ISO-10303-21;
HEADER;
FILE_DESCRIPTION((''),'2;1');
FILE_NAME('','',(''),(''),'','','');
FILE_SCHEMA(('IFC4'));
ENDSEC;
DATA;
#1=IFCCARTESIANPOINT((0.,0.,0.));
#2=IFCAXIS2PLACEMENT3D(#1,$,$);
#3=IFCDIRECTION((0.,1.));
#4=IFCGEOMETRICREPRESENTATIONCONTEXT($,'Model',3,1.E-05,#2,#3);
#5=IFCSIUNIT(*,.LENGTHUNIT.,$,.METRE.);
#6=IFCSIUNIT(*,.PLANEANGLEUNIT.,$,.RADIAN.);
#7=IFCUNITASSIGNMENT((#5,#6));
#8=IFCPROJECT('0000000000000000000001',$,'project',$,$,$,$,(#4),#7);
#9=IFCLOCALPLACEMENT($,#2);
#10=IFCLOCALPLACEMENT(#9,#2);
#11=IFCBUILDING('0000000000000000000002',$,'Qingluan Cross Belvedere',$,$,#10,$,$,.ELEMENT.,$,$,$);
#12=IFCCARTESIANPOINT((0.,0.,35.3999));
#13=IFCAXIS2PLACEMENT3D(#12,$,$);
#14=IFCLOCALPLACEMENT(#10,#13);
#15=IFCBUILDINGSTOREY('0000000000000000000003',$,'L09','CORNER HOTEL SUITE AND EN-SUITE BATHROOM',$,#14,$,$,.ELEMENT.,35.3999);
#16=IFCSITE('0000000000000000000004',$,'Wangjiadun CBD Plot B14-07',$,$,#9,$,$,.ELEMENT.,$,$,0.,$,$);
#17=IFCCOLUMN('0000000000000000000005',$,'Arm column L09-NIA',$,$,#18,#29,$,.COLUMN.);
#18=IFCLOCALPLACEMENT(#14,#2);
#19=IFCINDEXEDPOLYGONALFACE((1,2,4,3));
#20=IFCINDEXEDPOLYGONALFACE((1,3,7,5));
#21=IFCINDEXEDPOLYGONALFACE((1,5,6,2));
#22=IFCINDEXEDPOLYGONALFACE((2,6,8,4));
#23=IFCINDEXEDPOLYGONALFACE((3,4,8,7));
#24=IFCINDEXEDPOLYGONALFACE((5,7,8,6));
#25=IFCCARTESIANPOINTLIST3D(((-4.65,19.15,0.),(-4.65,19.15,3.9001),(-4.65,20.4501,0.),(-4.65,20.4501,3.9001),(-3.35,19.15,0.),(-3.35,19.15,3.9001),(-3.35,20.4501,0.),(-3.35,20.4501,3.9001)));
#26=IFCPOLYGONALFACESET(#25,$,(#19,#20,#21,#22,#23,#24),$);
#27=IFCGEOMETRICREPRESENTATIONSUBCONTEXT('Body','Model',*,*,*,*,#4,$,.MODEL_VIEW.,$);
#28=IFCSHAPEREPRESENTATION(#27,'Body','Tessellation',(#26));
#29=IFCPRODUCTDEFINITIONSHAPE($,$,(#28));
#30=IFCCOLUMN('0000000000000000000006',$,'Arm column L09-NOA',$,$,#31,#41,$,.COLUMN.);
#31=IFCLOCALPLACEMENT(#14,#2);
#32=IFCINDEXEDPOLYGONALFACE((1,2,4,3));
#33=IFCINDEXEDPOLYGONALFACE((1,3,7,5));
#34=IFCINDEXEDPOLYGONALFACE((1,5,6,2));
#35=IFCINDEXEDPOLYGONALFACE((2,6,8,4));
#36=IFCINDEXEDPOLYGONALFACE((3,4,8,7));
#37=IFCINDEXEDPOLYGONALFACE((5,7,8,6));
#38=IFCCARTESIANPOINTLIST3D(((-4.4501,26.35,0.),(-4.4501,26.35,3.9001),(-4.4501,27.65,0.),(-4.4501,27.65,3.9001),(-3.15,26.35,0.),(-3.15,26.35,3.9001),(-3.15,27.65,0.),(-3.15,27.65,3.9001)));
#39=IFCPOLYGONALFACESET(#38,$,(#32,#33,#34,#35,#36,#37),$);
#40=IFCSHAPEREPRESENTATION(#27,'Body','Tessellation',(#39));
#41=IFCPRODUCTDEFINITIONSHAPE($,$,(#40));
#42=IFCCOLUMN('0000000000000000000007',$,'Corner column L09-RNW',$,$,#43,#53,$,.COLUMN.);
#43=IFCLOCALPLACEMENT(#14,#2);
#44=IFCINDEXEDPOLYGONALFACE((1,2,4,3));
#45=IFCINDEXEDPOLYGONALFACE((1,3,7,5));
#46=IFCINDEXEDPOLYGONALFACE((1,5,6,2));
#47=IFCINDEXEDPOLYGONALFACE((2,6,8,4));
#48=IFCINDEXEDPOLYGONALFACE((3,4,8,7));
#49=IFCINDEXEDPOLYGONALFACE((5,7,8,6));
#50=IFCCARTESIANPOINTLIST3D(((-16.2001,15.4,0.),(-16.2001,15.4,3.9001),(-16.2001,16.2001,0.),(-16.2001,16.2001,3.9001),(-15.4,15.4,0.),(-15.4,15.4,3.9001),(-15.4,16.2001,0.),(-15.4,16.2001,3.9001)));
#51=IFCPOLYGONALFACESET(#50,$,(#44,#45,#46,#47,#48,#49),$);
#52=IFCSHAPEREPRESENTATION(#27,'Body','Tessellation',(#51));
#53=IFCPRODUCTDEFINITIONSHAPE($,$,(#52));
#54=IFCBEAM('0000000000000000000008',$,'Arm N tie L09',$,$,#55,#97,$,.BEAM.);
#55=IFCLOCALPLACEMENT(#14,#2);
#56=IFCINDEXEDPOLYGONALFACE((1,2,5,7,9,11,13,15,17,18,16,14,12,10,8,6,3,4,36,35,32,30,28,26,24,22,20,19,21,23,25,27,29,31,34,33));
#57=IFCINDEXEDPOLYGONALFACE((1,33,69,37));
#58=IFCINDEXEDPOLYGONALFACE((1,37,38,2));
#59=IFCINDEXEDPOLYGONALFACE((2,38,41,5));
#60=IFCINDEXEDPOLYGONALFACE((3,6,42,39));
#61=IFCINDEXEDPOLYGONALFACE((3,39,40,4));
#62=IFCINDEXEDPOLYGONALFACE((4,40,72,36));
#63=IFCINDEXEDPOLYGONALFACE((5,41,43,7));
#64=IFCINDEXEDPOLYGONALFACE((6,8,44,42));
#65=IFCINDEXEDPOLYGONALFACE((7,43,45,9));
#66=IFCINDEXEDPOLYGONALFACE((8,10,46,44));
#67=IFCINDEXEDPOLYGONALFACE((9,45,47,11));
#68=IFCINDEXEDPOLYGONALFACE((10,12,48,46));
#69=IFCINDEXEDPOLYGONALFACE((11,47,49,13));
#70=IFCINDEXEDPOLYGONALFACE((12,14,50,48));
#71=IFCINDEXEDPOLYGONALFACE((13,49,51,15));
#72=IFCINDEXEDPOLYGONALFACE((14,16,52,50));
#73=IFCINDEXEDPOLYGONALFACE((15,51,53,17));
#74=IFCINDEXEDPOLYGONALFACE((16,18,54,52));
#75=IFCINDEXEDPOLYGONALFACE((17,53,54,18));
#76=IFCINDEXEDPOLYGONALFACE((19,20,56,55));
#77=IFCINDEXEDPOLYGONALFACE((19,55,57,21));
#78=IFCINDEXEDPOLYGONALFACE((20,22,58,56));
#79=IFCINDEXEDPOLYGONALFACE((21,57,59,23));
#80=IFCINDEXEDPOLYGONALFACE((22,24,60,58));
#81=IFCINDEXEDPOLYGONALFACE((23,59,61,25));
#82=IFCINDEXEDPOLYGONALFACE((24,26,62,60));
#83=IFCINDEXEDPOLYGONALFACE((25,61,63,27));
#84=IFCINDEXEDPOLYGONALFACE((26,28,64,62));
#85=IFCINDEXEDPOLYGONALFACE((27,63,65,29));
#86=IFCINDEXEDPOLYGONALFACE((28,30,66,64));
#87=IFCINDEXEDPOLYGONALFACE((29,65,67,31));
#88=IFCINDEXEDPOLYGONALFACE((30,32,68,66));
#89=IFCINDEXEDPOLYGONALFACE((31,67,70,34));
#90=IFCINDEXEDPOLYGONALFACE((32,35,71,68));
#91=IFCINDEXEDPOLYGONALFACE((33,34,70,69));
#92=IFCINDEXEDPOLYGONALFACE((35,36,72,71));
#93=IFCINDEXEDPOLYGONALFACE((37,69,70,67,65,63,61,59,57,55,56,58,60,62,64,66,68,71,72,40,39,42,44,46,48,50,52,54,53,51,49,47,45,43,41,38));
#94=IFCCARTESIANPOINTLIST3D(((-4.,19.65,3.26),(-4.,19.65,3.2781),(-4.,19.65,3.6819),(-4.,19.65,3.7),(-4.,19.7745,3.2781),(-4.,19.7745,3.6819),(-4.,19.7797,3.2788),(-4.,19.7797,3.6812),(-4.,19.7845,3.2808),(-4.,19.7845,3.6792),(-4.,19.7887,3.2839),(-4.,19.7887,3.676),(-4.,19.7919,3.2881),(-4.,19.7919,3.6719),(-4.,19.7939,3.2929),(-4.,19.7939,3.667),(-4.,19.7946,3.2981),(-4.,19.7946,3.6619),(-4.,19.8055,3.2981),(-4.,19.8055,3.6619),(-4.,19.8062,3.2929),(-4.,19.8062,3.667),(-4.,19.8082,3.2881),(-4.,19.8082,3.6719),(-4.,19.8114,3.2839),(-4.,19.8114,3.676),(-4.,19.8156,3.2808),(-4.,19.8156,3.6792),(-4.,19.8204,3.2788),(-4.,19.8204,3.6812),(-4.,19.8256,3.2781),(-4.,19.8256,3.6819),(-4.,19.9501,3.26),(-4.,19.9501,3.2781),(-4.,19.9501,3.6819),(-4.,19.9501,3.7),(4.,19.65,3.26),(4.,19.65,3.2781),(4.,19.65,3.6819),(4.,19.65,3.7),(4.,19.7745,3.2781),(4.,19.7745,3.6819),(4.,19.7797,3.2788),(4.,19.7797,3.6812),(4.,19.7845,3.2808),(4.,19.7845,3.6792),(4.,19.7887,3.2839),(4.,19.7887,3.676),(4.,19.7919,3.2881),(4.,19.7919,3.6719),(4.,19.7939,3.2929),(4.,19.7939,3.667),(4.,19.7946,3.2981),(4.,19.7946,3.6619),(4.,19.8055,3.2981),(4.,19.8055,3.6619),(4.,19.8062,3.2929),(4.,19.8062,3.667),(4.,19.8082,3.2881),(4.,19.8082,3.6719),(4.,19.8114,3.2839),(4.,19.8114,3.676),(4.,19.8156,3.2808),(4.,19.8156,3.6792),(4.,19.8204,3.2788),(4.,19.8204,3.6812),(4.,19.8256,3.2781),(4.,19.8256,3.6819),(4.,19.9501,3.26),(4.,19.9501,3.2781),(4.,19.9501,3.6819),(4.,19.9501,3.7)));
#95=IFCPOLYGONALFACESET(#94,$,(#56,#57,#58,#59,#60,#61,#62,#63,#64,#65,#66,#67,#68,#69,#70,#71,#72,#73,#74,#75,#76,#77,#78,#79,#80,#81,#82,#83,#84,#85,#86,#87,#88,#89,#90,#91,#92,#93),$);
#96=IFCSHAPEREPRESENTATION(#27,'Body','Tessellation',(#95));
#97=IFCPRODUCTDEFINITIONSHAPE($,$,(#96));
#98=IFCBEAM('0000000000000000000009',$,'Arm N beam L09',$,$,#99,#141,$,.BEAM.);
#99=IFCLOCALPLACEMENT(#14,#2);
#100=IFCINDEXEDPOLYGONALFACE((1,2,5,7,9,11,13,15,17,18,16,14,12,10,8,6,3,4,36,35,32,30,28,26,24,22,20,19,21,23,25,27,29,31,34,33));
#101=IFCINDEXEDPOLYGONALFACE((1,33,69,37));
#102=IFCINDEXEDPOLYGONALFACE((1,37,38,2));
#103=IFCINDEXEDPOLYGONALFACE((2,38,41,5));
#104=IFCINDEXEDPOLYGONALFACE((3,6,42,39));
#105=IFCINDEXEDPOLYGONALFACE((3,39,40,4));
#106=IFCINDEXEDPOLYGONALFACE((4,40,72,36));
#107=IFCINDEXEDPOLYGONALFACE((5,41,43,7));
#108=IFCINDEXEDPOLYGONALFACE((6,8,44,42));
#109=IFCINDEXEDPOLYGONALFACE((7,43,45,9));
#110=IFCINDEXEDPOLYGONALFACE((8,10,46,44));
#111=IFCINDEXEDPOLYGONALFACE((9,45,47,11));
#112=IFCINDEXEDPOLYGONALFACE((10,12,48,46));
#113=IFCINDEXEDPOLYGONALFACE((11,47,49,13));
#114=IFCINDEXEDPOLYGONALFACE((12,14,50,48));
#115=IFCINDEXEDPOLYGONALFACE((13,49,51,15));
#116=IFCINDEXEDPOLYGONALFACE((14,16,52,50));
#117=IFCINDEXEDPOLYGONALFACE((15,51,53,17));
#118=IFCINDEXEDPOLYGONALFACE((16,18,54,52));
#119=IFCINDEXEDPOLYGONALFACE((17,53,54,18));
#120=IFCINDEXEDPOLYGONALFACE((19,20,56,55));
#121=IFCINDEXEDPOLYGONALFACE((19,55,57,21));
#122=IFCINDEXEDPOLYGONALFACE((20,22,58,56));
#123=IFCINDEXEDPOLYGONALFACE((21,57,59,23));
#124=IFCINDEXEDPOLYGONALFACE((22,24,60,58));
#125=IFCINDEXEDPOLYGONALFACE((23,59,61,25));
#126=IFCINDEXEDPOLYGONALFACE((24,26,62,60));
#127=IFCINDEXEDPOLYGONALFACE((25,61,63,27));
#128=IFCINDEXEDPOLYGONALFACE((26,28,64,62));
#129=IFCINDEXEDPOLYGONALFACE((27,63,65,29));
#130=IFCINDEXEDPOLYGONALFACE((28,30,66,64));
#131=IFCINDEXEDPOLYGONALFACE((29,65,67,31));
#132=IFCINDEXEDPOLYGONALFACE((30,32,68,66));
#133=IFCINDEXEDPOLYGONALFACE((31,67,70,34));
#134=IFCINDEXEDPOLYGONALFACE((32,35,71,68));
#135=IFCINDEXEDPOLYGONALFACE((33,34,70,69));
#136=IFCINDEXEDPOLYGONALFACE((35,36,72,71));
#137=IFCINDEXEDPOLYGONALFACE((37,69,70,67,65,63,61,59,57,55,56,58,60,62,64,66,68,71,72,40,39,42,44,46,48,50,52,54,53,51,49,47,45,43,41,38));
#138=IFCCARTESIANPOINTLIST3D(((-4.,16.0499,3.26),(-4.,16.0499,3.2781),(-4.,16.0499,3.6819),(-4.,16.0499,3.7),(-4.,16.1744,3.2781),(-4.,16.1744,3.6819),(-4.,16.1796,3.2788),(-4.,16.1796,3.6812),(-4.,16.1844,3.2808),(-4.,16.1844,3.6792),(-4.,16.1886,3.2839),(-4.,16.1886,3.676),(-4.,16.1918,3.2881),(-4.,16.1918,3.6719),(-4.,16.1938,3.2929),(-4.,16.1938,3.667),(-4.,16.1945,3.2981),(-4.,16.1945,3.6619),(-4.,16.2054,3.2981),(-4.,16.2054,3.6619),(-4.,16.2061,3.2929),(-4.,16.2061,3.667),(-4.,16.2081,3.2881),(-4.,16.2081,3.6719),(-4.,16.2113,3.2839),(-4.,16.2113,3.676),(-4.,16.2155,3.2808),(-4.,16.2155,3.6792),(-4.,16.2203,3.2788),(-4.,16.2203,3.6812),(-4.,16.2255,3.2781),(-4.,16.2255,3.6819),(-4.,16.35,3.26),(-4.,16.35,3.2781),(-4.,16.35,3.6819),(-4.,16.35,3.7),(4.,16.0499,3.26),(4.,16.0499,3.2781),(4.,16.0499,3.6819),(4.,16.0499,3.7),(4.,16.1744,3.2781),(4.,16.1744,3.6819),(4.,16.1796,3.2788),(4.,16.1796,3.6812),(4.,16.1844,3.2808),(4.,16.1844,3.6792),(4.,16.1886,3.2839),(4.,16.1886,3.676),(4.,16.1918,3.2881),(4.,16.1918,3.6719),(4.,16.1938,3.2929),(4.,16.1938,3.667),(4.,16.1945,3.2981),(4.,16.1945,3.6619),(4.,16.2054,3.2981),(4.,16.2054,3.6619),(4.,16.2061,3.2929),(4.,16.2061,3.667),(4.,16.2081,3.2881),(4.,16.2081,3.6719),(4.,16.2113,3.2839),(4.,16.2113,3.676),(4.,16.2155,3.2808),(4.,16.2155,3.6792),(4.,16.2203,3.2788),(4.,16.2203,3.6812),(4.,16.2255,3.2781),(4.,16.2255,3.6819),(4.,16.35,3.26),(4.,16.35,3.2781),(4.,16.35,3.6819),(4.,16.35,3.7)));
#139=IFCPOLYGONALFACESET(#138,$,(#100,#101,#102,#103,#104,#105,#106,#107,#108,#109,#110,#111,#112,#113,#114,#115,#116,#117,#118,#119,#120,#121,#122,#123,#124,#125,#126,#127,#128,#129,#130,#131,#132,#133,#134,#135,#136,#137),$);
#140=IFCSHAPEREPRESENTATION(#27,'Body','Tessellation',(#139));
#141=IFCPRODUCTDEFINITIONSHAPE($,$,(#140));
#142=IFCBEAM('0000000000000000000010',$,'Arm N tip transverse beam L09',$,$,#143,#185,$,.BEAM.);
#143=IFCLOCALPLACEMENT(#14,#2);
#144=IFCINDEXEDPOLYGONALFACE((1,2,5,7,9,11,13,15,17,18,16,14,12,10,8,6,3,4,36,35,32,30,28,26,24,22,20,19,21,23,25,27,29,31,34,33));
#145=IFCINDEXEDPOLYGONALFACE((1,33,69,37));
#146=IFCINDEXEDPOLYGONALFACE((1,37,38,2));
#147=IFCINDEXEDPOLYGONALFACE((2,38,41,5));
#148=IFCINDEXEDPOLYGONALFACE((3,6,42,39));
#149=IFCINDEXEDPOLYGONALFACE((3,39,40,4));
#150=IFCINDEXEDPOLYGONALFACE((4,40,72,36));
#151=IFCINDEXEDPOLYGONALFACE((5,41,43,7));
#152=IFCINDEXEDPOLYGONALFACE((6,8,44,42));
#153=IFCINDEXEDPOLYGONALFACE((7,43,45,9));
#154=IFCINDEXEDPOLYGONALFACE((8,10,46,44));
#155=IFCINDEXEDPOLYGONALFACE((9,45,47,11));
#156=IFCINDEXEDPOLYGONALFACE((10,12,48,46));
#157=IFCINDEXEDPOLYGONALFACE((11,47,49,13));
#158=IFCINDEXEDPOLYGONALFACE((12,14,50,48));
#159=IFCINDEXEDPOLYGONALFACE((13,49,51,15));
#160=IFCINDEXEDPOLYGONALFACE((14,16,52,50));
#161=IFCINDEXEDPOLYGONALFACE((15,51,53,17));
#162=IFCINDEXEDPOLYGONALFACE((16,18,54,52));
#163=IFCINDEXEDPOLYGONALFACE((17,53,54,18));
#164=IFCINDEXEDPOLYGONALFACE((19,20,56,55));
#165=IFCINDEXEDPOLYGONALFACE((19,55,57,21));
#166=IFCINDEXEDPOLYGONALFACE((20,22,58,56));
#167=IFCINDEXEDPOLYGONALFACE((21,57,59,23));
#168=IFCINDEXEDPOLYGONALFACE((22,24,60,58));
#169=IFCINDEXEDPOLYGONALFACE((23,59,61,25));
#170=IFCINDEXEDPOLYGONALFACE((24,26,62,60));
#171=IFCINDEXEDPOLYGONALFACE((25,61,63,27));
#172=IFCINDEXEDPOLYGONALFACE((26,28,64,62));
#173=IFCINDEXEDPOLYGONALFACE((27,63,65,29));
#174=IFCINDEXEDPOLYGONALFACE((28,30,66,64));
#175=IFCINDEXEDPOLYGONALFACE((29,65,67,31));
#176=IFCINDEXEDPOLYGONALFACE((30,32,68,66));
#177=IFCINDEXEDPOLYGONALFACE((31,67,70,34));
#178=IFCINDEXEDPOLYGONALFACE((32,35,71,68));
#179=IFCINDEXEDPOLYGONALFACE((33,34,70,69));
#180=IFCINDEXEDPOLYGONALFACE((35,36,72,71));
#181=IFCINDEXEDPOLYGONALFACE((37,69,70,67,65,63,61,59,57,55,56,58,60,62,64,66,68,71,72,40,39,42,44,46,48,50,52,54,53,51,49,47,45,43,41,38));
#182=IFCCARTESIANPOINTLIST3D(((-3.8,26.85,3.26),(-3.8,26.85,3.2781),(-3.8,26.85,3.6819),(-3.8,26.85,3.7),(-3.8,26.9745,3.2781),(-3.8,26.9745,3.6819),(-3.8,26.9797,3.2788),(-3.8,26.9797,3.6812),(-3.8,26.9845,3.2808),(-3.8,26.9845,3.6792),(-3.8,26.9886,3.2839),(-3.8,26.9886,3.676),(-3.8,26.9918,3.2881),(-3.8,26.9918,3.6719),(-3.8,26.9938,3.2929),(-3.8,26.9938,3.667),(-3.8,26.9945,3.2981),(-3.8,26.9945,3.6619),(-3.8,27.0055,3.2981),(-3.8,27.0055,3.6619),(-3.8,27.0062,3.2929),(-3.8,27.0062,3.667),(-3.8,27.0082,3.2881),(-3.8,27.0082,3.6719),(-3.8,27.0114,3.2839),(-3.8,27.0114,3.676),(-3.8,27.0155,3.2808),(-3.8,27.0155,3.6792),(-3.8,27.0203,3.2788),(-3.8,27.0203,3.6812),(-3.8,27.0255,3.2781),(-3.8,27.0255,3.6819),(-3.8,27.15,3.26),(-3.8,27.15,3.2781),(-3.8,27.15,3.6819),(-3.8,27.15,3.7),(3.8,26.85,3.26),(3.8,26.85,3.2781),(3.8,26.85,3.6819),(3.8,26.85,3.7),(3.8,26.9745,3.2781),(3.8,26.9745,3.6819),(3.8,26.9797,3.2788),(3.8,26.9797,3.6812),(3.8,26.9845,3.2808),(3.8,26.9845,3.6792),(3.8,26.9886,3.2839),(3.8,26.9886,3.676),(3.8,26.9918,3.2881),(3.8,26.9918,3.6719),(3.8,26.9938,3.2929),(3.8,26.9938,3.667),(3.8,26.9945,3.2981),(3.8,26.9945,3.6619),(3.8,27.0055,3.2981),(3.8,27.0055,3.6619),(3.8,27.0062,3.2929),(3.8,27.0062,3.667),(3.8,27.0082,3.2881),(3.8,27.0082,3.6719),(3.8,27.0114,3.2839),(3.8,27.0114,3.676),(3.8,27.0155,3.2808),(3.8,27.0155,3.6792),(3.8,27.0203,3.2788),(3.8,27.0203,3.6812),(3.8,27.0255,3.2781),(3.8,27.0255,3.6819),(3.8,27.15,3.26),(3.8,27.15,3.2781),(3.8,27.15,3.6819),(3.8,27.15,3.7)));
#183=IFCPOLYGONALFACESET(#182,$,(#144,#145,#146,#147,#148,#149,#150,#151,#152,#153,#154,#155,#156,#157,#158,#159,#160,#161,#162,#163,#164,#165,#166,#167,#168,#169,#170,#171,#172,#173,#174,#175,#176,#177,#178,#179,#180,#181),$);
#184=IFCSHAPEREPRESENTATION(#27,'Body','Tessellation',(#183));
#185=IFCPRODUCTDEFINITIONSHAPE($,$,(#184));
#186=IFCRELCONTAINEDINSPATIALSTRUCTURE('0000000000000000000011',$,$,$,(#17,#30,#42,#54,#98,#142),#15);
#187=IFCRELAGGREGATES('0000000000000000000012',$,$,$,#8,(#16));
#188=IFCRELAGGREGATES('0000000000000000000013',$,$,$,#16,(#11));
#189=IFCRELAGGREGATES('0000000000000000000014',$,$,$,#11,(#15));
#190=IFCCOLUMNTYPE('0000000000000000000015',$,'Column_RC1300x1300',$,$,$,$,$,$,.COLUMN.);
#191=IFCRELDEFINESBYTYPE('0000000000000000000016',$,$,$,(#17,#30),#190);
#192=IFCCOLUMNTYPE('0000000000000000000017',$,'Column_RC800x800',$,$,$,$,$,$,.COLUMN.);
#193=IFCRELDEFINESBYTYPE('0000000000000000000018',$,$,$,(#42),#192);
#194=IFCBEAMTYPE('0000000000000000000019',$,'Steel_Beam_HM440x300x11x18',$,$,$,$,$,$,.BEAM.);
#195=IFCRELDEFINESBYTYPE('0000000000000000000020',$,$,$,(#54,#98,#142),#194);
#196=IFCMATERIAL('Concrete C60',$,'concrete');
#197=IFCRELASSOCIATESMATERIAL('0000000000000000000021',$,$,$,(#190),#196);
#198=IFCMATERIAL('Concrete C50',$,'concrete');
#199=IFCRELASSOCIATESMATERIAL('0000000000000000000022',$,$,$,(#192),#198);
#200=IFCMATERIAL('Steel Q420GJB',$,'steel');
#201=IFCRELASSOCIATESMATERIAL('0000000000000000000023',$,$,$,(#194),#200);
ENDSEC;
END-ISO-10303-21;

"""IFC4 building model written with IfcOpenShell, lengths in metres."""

from ifc_helpers import new_model, si_unit, direction, frame, origin, origin_2d, place, context, subcontext, project, spatial, rectangle, i_section, extrude, material, material_profile, profile_set, type_object, element, save


model = new_model("IFC4")

# Units and contexts
model_context = context("Model", 3, precision=1e-05, world=origin(), true_north=direction((0.0, 1.0)))
body_context = subcontext(model_context, "Body", "Model", "MODEL_VIEW")
ifc_project = project(units=[si_unit("LENGTHUNIT", "METRE"), si_unit("PLANEANGLEUNIT", "RADIAN")], contexts=[model_context])

# Site, building, storey
site_placement = place(None, origin())
site = spatial("IfcSite", under=ifc_project, at=site_placement, Name="Wangjiadun CBD Plot B14-07", CompositionType="ELEMENT", RefElevation=0.0)
building_placement = place(site_placement, origin())
building = spatial("IfcBuilding", under=site, at=building_placement, Name="Qingluan Cross Belvedere", CompositionType="ELEMENT")
storey_placement = place(building_placement, frame((0.0, 0.0, 35.3999)))
storey = spatial("IfcBuildingStorey", under=building, at=storey_placement, Name="L09", Description="CORNER HOTEL SUITE AND EN-SUITE BATHROOM", CompositionType="ELEMENT", Elevation=35.3999)

# Columns
ifc_material_1 = material(Name="Concrete C60", Category="concrete")
ifc_material_profile_1 = material_profile(ifc_material_1, rectangle(XDim=1.3, YDim=1.3, at=origin_2d()), Name="RC1300x1300")
ifc_profile_set_1 = profile_set([ifc_material_profile_1], Name="Concrete C60")
column_type_1 = type_object("IfcColumnType", Name="Column_RC1300x1300", PredefinedType="COLUMN", material=ifc_profile_set_1)
for number, where, z_axis, x_axis, name in (
    (1, (-4.0, 19.8, 0.0), (0.0, 0.0, 1.0), (1.0, 0.0, 0.0), "Arm column L09-NIA"),
    (2, (-3.8, 27.0, 0.0), (0.0, 0.0, 1.0), (1.0, 0.0, 0.0), "Arm column L09-NOA"),
):
    element("IfcColumn", number, at=place(storey_placement, frame(where, z_axis=z_axis, x_axis=x_axis)), inside=storey, type_object=column_type_1, Name=name, PredefinedType="COLUMN", context=body_context, shape_type="SweptSolid", body=[
        extrude(rectangle(XDim=1.3, YDim=1.3, at=origin_2d()), origin(), (0.0, 0.0, 1.0), 3.9001),
    ])
ifc_material_2 = material(Name="Concrete C50", Category="concrete")
ifc_material_profile_2 = material_profile(ifc_material_2, rectangle(XDim=0.8, YDim=0.8, at=origin_2d()), Name="RC800x800")
ifc_profile_set_2 = profile_set([ifc_material_profile_2], Name="Concrete C50")
column_type_2 = type_object("IfcColumnType", Name="Column_RC800x800", PredefinedType="COLUMN", material=ifc_profile_set_2)
column_placement = place(storey_placement, frame((-15.8, 15.8, 0.0), z_axis=(0.0, 0.0, 1.0), x_axis=(1.0, 0.0, 0.0)))
element("IfcColumn", 3, at=column_placement, inside=storey, type_object=column_type_2, Name="Corner column L09-RNW", PredefinedType="COLUMN", context=body_context, shape_type="SweptSolid", body=[
    extrude(rectangle(XDim=0.8, YDim=0.8, at=origin_2d()), origin(), (0.0, 0.0, 1.0), 3.9001),
])

# Beams
ifc_material_3 = material(Name="Steel Q420GJB", Category="steel")
ifc_material_profile_3 = material_profile(ifc_material_3, i_section(OverallWidth=0.3, OverallDepth=0.4399, WebThickness=0.011, FlangeThickness=0.0181, FilletRadius=0.02, at=origin_2d()), Name="HM440x300x11x18")
ifc_profile_set_3 = profile_set([ifc_material_profile_3], Name="Steel Q420GJB")
beam_type_1 = type_object("IfcBeamType", Name="Steel_Beam_HM440x300x11x18", PredefinedType="BEAM", material=ifc_profile_set_3)
for number, where, z_axis, x_axis, name in (
    (4, (-4.0, 19.8, 3.48), (1.0, 0.0, 0.0), (0.0, 1.0, 0.0), "Arm N tie L09"),
    (5, (-4.0, 16.2, 3.48), (1.0, 0.0, 0.0), (0.0, 1.0, 0.0), "Arm N beam L09"),
):
    element("IfcBeam", number, at=place(storey_placement, frame(where, z_axis=z_axis, x_axis=x_axis)), inside=storey, type_object=beam_type_1, Name=name, PredefinedType="BEAM", context=body_context, shape_type="SweptSolid", body=[
        extrude(i_section(OverallWidth=0.3, OverallDepth=0.4399, WebThickness=0.011, FlangeThickness=0.0181, FilletRadius=0.02, at=origin_2d()), origin(), (0.0, 0.0, 1.0), 8.0),
    ])
beam_1_placement = place(storey_placement, frame((-3.8, 27.0, 3.48), z_axis=(1.0, 0.0, 0.0), x_axis=(0.0, 1.0, 0.0)))
element("IfcBeam", 6, at=beam_1_placement, inside=storey, type_object=beam_type_1, Name="Arm N tip transverse beam L09", PredefinedType="BEAM", context=body_context, shape_type="SweptSolid", body=[
    extrude(i_section(OverallWidth=0.3, OverallDepth=0.4399, WebThickness=0.011, FlangeThickness=0.0181, FilletRadius=0.02, at=origin_2d()), origin(), (0.0, 0.0, 1.0), 7.6001),
])

save(model, "model.ifc")
